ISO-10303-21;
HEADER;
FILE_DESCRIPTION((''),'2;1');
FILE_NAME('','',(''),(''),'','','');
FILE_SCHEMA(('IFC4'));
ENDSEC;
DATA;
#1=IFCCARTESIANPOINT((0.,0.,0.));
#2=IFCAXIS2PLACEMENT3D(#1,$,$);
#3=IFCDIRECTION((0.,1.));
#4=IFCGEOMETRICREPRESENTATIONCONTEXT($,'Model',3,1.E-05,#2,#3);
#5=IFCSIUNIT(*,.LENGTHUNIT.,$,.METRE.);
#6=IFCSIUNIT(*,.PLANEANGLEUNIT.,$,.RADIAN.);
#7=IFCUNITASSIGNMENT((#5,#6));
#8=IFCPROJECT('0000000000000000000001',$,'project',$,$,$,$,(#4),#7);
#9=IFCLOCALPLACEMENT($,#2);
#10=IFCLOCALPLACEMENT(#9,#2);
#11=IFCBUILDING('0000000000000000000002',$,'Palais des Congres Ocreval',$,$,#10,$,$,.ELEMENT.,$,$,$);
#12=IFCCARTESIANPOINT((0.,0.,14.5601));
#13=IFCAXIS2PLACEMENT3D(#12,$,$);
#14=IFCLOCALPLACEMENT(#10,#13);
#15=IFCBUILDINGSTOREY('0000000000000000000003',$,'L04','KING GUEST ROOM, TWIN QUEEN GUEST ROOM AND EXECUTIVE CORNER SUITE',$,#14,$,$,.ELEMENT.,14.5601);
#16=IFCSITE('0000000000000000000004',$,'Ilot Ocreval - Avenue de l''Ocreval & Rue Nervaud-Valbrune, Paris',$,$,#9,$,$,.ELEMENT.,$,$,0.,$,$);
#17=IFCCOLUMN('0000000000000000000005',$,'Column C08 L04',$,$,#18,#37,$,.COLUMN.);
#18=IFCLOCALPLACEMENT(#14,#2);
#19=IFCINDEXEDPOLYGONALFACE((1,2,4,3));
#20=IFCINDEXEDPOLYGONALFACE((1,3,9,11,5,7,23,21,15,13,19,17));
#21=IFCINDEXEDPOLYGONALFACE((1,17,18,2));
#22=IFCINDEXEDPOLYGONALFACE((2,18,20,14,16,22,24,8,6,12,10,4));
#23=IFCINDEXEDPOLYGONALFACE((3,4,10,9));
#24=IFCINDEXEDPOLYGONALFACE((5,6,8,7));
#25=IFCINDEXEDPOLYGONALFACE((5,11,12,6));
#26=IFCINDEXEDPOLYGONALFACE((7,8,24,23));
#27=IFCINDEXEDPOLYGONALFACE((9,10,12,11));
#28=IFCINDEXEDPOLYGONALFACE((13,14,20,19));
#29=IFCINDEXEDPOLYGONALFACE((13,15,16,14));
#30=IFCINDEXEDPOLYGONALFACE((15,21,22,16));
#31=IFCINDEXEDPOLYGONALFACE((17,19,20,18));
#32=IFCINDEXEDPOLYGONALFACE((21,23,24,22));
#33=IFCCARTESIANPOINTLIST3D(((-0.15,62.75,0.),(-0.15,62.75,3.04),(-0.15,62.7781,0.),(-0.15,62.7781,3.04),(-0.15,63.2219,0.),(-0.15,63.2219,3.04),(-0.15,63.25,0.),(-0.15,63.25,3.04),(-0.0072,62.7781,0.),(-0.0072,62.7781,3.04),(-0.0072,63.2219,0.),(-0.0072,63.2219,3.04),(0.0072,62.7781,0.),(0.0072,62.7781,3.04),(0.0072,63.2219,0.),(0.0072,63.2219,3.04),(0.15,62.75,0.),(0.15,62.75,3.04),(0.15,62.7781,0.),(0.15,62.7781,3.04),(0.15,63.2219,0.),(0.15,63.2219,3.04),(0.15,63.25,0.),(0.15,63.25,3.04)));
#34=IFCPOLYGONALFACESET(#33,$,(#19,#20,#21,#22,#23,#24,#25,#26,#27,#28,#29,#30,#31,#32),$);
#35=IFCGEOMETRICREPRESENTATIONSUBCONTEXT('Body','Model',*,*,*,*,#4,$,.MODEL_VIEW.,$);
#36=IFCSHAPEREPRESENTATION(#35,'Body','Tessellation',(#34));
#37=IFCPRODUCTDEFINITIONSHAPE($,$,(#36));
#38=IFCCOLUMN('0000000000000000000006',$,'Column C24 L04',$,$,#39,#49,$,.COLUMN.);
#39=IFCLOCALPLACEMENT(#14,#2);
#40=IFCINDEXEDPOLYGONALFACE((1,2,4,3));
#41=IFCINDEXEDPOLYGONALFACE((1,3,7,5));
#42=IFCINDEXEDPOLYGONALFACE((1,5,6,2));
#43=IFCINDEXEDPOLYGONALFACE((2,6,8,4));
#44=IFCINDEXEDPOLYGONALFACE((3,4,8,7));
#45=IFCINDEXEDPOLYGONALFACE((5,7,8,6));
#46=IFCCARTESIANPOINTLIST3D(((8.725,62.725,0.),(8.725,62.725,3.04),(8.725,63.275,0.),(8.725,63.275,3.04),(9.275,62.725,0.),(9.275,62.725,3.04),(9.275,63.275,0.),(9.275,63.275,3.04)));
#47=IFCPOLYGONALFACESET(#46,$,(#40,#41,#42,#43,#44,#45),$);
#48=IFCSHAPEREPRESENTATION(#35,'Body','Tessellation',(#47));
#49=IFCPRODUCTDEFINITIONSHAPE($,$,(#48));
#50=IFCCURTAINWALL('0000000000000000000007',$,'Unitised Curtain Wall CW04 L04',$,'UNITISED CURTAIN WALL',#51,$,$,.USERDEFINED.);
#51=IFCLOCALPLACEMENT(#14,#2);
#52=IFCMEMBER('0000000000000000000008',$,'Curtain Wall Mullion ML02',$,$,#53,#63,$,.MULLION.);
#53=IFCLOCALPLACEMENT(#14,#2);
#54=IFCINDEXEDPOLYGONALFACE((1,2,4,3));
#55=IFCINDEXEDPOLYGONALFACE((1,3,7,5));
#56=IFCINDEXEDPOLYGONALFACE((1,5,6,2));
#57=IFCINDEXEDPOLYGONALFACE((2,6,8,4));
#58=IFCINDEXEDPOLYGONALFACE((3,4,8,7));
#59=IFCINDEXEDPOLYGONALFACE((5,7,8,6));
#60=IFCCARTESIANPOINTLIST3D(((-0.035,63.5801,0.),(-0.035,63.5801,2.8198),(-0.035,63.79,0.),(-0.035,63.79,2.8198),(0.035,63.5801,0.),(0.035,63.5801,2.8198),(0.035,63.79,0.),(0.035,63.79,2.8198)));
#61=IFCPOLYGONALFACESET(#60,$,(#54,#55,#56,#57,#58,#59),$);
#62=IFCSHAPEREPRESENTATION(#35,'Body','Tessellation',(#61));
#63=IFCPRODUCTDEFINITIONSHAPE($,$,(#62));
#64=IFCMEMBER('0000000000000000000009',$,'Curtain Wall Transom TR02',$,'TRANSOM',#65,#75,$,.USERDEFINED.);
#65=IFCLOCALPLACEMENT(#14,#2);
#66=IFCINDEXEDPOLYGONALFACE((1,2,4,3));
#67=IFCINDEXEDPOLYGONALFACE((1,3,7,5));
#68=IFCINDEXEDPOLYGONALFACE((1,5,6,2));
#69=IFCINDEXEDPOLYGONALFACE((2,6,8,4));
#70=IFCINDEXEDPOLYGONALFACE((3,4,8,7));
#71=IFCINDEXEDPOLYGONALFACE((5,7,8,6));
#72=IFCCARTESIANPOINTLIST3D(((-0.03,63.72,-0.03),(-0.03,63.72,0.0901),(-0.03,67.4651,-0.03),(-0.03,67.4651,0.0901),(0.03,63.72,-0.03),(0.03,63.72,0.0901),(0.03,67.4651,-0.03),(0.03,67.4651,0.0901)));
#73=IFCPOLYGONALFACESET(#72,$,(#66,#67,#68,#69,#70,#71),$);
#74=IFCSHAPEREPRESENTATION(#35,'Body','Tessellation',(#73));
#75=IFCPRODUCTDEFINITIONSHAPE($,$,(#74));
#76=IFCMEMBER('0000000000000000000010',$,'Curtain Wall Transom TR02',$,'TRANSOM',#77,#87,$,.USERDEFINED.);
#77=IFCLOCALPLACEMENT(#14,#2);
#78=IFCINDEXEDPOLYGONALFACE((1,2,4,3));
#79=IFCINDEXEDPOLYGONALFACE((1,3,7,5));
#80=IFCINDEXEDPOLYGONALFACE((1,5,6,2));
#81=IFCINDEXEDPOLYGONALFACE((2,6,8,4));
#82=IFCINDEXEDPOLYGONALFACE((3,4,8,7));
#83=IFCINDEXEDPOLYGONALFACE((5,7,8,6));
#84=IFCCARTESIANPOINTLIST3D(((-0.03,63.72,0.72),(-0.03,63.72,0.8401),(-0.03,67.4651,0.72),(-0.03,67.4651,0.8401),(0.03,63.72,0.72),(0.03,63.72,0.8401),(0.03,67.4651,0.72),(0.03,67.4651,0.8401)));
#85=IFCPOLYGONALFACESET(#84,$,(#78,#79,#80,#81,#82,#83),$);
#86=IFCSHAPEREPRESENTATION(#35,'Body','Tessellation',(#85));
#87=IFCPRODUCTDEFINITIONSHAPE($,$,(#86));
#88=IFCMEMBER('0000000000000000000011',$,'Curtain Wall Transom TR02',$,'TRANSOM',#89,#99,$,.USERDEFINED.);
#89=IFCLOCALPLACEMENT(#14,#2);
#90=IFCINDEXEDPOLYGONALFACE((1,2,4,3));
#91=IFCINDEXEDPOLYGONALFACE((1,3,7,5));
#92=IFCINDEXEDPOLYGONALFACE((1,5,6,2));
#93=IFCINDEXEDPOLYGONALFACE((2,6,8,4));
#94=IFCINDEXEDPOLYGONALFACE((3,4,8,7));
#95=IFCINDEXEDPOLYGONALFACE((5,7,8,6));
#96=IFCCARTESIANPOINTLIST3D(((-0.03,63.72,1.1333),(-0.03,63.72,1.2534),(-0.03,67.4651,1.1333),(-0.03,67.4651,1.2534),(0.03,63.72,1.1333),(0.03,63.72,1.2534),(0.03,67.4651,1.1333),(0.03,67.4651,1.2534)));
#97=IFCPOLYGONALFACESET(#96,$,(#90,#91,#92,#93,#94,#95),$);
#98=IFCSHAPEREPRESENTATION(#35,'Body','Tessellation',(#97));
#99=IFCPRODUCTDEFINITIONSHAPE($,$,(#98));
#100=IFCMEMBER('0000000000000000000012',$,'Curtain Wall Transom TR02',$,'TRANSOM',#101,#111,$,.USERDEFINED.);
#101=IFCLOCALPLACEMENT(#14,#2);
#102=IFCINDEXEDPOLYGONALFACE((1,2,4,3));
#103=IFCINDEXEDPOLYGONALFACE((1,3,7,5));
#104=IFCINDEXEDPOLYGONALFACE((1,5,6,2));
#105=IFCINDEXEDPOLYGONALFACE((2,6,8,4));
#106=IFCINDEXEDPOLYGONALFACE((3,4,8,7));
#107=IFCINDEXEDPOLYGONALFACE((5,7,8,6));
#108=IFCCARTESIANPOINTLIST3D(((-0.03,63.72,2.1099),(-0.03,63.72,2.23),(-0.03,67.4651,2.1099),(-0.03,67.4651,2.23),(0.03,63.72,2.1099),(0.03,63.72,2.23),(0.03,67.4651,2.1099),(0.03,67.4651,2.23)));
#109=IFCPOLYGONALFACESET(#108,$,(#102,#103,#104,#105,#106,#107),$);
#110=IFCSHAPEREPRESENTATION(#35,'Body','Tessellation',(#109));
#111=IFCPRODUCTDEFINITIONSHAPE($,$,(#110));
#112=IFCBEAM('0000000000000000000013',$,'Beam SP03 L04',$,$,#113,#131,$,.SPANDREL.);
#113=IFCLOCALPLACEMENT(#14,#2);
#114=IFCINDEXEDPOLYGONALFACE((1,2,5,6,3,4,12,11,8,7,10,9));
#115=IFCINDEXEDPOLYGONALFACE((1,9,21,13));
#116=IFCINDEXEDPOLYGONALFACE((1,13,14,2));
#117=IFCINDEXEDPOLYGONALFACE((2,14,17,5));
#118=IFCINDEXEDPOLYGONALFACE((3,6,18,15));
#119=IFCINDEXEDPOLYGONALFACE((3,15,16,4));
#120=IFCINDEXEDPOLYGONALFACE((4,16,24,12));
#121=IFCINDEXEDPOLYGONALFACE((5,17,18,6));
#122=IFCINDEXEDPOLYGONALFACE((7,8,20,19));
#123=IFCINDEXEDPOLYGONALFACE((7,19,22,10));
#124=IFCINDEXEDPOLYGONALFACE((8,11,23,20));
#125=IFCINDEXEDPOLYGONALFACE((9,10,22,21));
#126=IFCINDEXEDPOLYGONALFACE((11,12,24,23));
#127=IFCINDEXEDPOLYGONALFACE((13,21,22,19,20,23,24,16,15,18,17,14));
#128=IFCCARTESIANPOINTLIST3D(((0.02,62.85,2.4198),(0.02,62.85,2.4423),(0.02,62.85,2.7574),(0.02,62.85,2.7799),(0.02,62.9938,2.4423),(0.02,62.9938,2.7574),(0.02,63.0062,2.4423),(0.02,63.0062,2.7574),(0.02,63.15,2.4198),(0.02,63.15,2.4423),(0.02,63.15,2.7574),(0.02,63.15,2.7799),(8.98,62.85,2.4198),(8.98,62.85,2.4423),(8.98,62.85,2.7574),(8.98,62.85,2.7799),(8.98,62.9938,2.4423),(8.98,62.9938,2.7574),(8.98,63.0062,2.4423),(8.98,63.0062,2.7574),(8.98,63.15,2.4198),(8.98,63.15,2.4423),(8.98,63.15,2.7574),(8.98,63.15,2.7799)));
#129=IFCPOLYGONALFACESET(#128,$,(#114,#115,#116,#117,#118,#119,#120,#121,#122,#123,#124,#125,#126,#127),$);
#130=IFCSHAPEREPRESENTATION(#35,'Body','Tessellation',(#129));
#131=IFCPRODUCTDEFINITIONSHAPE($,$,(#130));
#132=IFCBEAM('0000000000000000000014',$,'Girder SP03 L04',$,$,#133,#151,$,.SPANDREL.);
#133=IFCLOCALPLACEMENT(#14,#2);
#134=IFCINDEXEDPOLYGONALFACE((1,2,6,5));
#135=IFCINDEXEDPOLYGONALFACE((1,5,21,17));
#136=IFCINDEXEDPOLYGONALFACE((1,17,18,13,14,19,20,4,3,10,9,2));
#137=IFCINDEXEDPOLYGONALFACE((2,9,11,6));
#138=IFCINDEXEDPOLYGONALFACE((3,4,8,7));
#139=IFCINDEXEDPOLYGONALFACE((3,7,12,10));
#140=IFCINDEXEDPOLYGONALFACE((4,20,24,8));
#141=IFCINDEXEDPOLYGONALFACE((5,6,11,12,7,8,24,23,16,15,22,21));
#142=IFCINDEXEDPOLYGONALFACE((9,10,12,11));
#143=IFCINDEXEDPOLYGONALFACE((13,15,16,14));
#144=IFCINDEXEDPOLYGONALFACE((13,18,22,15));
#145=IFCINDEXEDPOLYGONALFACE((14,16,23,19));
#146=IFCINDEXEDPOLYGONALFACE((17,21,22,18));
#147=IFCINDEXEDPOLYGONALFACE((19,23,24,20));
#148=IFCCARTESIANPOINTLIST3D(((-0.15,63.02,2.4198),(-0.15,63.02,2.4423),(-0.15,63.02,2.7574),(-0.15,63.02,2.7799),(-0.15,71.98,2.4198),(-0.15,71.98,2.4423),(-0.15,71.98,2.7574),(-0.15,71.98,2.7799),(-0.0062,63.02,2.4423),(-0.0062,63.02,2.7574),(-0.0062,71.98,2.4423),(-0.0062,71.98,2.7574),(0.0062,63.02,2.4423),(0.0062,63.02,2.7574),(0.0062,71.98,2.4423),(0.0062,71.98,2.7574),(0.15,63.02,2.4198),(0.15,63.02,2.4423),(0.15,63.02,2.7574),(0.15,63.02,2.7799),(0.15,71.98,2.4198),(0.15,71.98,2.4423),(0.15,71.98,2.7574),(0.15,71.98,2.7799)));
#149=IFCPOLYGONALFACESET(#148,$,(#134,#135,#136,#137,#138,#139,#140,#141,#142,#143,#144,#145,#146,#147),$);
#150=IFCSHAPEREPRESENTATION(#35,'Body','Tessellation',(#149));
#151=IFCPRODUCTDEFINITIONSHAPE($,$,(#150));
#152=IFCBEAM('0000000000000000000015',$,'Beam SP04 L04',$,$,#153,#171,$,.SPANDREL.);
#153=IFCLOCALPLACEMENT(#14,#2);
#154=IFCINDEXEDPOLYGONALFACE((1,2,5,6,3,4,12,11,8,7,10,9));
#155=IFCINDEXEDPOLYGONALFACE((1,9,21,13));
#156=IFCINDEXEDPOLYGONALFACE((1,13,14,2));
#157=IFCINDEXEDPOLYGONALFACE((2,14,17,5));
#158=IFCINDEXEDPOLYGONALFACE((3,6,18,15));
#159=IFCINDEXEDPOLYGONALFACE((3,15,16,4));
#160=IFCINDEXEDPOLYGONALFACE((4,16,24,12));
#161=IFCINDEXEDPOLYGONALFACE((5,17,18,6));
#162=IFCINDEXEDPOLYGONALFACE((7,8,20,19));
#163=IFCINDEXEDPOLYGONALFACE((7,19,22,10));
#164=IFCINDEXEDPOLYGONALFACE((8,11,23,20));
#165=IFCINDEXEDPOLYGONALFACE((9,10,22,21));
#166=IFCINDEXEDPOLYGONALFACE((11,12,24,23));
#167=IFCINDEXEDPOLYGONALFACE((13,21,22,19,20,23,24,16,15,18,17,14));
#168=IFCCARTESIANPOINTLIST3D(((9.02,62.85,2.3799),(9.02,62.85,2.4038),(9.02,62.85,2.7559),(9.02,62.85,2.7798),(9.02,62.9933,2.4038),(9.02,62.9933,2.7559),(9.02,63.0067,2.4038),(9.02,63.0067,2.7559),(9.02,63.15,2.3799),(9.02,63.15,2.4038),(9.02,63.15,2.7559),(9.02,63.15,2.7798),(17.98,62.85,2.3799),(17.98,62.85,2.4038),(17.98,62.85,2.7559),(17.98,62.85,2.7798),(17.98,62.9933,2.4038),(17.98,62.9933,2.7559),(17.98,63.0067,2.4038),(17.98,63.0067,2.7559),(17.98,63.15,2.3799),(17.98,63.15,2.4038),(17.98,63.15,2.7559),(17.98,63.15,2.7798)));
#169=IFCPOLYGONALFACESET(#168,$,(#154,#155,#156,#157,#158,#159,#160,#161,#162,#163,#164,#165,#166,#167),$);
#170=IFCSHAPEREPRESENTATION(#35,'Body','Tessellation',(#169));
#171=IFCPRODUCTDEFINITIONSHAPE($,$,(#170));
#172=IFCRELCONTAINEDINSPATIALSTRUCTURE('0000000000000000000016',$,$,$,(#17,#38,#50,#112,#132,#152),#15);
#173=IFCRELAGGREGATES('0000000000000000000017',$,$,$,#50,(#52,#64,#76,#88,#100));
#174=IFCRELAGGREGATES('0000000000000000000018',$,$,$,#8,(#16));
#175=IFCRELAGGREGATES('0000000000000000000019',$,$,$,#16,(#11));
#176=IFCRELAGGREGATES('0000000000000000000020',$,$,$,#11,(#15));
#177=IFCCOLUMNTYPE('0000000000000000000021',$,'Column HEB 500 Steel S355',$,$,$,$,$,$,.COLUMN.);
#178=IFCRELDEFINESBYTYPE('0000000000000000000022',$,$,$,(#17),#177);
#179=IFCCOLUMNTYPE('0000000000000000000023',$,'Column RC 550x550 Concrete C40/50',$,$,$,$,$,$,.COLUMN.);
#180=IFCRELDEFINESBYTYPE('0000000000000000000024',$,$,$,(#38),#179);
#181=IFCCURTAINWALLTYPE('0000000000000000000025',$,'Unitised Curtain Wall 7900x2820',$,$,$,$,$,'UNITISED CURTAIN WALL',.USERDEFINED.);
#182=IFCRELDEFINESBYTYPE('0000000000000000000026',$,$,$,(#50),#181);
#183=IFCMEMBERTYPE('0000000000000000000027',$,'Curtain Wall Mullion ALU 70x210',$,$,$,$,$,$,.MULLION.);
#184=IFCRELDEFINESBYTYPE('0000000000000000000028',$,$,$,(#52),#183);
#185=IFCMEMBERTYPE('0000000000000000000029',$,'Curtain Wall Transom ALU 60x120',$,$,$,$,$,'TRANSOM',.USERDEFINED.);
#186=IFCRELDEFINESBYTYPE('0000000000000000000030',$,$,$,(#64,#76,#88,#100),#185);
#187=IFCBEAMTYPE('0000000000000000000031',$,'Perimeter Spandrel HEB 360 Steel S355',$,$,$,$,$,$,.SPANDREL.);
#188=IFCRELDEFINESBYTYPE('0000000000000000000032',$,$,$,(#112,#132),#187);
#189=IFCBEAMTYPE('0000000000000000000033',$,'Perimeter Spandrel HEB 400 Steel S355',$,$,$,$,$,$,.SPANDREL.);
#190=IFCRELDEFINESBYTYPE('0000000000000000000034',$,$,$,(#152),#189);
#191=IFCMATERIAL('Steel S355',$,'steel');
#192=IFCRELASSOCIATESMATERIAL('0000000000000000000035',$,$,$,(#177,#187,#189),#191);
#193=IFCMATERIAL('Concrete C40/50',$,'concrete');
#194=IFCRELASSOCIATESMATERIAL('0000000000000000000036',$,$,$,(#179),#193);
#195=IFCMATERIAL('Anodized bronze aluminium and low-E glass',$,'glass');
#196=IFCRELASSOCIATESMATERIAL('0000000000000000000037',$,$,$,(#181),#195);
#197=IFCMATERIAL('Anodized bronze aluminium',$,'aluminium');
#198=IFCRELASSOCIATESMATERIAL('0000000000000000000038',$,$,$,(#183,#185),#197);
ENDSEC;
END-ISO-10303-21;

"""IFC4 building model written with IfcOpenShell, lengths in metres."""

from ifc_helpers import new_model, si_unit, direction, frame, origin, origin_2d, place, context, subcontext, project, spatial, rectangle, i_section, extrude, material, material_profile, profile_set, type_object, element, aggregate, save


model = new_model("IFC4")

# Units and contexts
model_context = context("Model", 3, precision=1e-05, world=origin(), true_north=direction((0.0, 1.0)))
body_context = subcontext(model_context, "Body", "Model", "MODEL_VIEW")
ifc_project = project(units=[si_unit("LENGTHUNIT", "METRE"), si_unit("PLANEANGLEUNIT", "RADIAN")], contexts=[model_context])

# Site, building, storey
site_placement = place(None, origin())
site = spatial("IfcSite", under=ifc_project, at=site_placement, Name="Ilot Ocreval - Avenue de l'Ocreval & Rue Nervaud-Valbrune, Paris", CompositionType="ELEMENT", RefElevation=0.0)
building_placement = place(site_placement, origin())
building = spatial("IfcBuilding", under=site, at=building_placement, Name="Palais des Congres Ocreval", CompositionType="ELEMENT")
storey_placement = place(building_placement, frame((0.0, 0.0, 14.5601)))
storey = spatial("IfcBuildingStorey", under=building, at=storey_placement, Name="L04", Description="KING GUEST ROOM, TWIN QUEEN GUEST ROOM AND EXECUTIVE CORNER SUITE", CompositionType="ELEMENT", Elevation=14.5601)

# Columns
ifc_material_1 = material(Name="Steel S355", Category="steel")
ifc_material_profile_1 = material_profile(ifc_material_1, i_section(OverallWidth=0.3, OverallDepth=0.5, WebThickness=0.0144, FlangeThickness=0.0281, at=origin_2d()), Name="HEB 500")
ifc_profile_set_1 = profile_set([ifc_material_profile_1], Name="Steel S355")
column_type_1 = type_object("IfcColumnType", Name="Column HEB 500 Steel S355", PredefinedType="COLUMN", material=ifc_profile_set_1)
column_1_placement = place(storey_placement, frame((0.0, 63.0, 0.0), z_axis=(0.0, 0.0, 1.0), x_axis=(1.0, 0.0, 0.0)))
element("IfcColumn", 1, at=column_1_placement, inside=storey, type_object=column_type_1, Name="Column C08 L04", PredefinedType="COLUMN", context=body_context, shape_type="SweptSolid", body=[
    extrude(i_section(OverallWidth=0.3, OverallDepth=0.5, WebThickness=0.0144, FlangeThickness=0.0281, at=origin_2d()), origin(), (0.0, 0.0, 1.0), 3.04),
])
ifc_material_2 = material(Name="Concrete C40/50", Category="concrete")
ifc_material_profile_2 = material_profile(ifc_material_2, rectangle(XDim=0.55, YDim=0.55, at=origin_2d()), Name="RC 550x550")
ifc_profile_set_2 = profile_set([ifc_material_profile_2], Name="Concrete C40/50")
column_type_2 = type_object("IfcColumnType", Name="Column RC 550x550 Concrete C40/50", PredefinedType="COLUMN", material=ifc_profile_set_2)
column_2_placement = place(storey_placement, frame((9.0, 63.0, 0.0), z_axis=(0.0, 0.0, 1.0), x_axis=(1.0, 0.0, 0.0)))
element("IfcColumn", 2, at=column_2_placement, inside=storey, type_object=column_type_2, Name="Column C24 L04", PredefinedType="COLUMN", context=body_context, shape_type="SweptSolid", body=[
    extrude(rectangle(XDim=0.55, YDim=0.55, at=origin_2d()), origin(), (0.0, 0.0, 1.0), 3.04),
])

# Curtain wall, members
ifc_material_3 = material(Name="Anodized bronze aluminium and low-E glass", Category="glass")
curtain_wall_type = type_object("IfcCurtainWallType", Name="Unitised Curtain Wall 7900x2820", ElementType="UNITISED CURTAIN WALL", PredefinedType="USERDEFINED", material=ifc_material_3)
curtain_wall_placement = place(storey_placement, origin())
curtain_wall = element("IfcCurtainWall", 3, at=curtain_wall_placement, inside=storey, type_object=curtain_wall_type, Name="Unitised Curtain Wall CW04 L04", ObjectType="UNITISED CURTAIN WALL", PredefinedType="USERDEFINED")
ifc_material_4 = material(Name="Anodized bronze aluminium", Category="aluminium")
ifc_material_profile_3 = material_profile(ifc_material_4, rectangle(XDim=0.0701, YDim=0.21, at=origin_2d()), Name="ALU 70x210")
ifc_profile_set_3 = profile_set([ifc_material_profile_3], Name="Anodized bronze aluminium")
member_type_1 = type_object("IfcMemberType", Name="Curtain Wall Mullion ALU 70x210", PredefinedType="MULLION", material=ifc_profile_set_3)
member_1_placement = place(storey_placement, frame((0.0, 63.6851, 0.0), z_axis=(0.0, 0.0, 1.0), x_axis=(-1.0, 0.0, 0.0)))
member_1 = element("IfcMember", 4, at=member_1_placement, type_object=member_type_1, Name="Curtain Wall Mullion ML02", PredefinedType="MULLION", context=body_context, shape_type="SweptSolid", body=[
    extrude(rectangle(XDim=0.0701, YDim=0.21, at=origin_2d()), origin(), (0.0, 0.0, 1.0), 2.8198),
])
ifc_material_profile_4 = material_profile(ifc_material_4, rectangle(XDim=0.0601, YDim=0.1201, at=origin_2d()), Name="ALU 60x120")
ifc_profile_set_4 = profile_set([ifc_material_profile_4], Name="Anodized bronze aluminium")
member_type_2 = type_object("IfcMemberType", Name="Curtain Wall Transom ALU 60x120", ElementType="TRANSOM", PredefinedType="USERDEFINED", material=ifc_profile_set_4)
member_2_placement = place(storey_placement, frame((0.0, 63.72, 0.03), z_axis=(0.0, 1.0, 0.0), x_axis=(-1.0, 0.0, 0.0)))
member_2 = element("IfcMember", 5, at=member_2_placement, type_object=member_type_2, Name="Curtain Wall Transom TR02", ObjectType="TRANSOM", PredefinedType="USERDEFINED", context=body_context, shape_type="SweptSolid", body=[
    extrude(rectangle(XDim=0.0601, YDim=0.1201, at=origin_2d()), origin(), (0.0, 0.0, 1.0), 3.7451),
])
member_3_placement = place(storey_placement, frame((0.0, 63.72, 0.78), z_axis=(0.0, 1.0, 0.0), x_axis=(-1.0, 0.0, 0.0)))
member_3 = element("IfcMember", 6, at=member_3_placement, type_object=member_type_2, Name="Curtain Wall Transom TR02", ObjectType="TRANSOM", PredefinedType="USERDEFINED", context=body_context, shape_type="SweptSolid", body=[
    extrude(rectangle(XDim=0.0601, YDim=0.1201, at=origin_2d()), origin(), (0.0, 0.0, 1.0), 3.7451),
])
member_4_placement = place(storey_placement, frame((0.0, 63.72, 1.1934), z_axis=(0.0, 1.0, 0.0), x_axis=(-1.0, 0.0, 0.0)))
member_4 = element("IfcMember", 7, at=member_4_placement, type_object=member_type_2, Name="Curtain Wall Transom TR02", ObjectType="TRANSOM", PredefinedType="USERDEFINED", context=body_context, shape_type="SweptSolid", body=[
    extrude(rectangle(XDim=0.0601, YDim=0.1201, at=origin_2d()), origin(), (0.0, 0.0, 1.0), 3.7451),
])
member_5_placement = place(storey_placement, frame((0.0, 63.72, 2.1699), z_axis=(0.0, 1.0, 0.0), x_axis=(-1.0, 0.0, 0.0)))
member_5 = element("IfcMember", 8, at=member_5_placement, type_object=member_type_2, Name="Curtain Wall Transom TR02", ObjectType="TRANSOM", PredefinedType="USERDEFINED", context=body_context, shape_type="SweptSolid", body=[
    extrude(rectangle(XDim=0.0601, YDim=0.1201, at=origin_2d()), origin(), (0.0, 0.0, 1.0), 3.7451),
])
aggregate(curtain_wall, [member_1, member_2, member_3, member_4, member_5])

# Beams
ifc_material_profile_5 = material_profile(ifc_material_1, i_section(OverallWidth=0.3, OverallDepth=0.3601, WebThickness=0.0125, FlangeThickness=0.0225, at=origin_2d()), Name="HEB 360")
ifc_profile_set_5 = profile_set([ifc_material_profile_5], Name="Steel S355")
beam_type_1 = type_object("IfcBeamType", Name="Perimeter Spandrel HEB 360 Steel S355", PredefinedType="SPANDREL", material=ifc_profile_set_5)
for number, where, z_axis, x_axis, name in (
    (9, (0.02, 63.0, 2.5999), (1.0, 0.0, 0.0), (0.0, 1.0, 0.0), "Beam SP03 L04"),
    (10, (0.0, 63.02, 2.5999), (0.0, 1.0, 0.0), (-1.0, 0.0, 0.0), "Girder SP03 L04"),
):
    element("IfcBeam", number, at=place(storey_placement, frame(where, z_axis=z_axis, x_axis=x_axis)), inside=storey, type_object=beam_type_1, Name=name, PredefinedType="SPANDREL", context=body_context, shape_type="SweptSolid", body=[
        extrude(i_section(OverallWidth=0.3, OverallDepth=0.3601, WebThickness=0.0125, FlangeThickness=0.0225, at=origin_2d()), origin(), (0.0, 0.0, 1.0), 8.96),
    ])
ifc_material_profile_6 = material_profile(ifc_material_1, i_section(OverallWidth=0.3, OverallDepth=0.3999, WebThickness=0.0134, FlangeThickness=0.0239, at=origin_2d()), Name="HEB 400")
ifc_profile_set_6 = profile_set([ifc_material_profile_6], Name="Steel S355")
beam_type_2 = type_object("IfcBeamType", Name="Perimeter Spandrel HEB 400 Steel S355", PredefinedType="SPANDREL", material=ifc_profile_set_6)
beam_1_placement = place(storey_placement, frame((9.02, 63.0, 2.5798), z_axis=(1.0, 0.0, 0.0), x_axis=(0.0, 1.0, 0.0)))
element("IfcBeam", 11, at=beam_1_placement, inside=storey, type_object=beam_type_2, Name="Beam SP04 L04", PredefinedType="SPANDREL", context=body_context, shape_type="SweptSolid", body=[
    extrude(i_section(OverallWidth=0.3, OverallDepth=0.3999, WebThickness=0.0134, FlangeThickness=0.0239, at=origin_2d()), origin(), (0.0, 0.0, 1.0), 8.96),
])

save(model, "model.ifc")
